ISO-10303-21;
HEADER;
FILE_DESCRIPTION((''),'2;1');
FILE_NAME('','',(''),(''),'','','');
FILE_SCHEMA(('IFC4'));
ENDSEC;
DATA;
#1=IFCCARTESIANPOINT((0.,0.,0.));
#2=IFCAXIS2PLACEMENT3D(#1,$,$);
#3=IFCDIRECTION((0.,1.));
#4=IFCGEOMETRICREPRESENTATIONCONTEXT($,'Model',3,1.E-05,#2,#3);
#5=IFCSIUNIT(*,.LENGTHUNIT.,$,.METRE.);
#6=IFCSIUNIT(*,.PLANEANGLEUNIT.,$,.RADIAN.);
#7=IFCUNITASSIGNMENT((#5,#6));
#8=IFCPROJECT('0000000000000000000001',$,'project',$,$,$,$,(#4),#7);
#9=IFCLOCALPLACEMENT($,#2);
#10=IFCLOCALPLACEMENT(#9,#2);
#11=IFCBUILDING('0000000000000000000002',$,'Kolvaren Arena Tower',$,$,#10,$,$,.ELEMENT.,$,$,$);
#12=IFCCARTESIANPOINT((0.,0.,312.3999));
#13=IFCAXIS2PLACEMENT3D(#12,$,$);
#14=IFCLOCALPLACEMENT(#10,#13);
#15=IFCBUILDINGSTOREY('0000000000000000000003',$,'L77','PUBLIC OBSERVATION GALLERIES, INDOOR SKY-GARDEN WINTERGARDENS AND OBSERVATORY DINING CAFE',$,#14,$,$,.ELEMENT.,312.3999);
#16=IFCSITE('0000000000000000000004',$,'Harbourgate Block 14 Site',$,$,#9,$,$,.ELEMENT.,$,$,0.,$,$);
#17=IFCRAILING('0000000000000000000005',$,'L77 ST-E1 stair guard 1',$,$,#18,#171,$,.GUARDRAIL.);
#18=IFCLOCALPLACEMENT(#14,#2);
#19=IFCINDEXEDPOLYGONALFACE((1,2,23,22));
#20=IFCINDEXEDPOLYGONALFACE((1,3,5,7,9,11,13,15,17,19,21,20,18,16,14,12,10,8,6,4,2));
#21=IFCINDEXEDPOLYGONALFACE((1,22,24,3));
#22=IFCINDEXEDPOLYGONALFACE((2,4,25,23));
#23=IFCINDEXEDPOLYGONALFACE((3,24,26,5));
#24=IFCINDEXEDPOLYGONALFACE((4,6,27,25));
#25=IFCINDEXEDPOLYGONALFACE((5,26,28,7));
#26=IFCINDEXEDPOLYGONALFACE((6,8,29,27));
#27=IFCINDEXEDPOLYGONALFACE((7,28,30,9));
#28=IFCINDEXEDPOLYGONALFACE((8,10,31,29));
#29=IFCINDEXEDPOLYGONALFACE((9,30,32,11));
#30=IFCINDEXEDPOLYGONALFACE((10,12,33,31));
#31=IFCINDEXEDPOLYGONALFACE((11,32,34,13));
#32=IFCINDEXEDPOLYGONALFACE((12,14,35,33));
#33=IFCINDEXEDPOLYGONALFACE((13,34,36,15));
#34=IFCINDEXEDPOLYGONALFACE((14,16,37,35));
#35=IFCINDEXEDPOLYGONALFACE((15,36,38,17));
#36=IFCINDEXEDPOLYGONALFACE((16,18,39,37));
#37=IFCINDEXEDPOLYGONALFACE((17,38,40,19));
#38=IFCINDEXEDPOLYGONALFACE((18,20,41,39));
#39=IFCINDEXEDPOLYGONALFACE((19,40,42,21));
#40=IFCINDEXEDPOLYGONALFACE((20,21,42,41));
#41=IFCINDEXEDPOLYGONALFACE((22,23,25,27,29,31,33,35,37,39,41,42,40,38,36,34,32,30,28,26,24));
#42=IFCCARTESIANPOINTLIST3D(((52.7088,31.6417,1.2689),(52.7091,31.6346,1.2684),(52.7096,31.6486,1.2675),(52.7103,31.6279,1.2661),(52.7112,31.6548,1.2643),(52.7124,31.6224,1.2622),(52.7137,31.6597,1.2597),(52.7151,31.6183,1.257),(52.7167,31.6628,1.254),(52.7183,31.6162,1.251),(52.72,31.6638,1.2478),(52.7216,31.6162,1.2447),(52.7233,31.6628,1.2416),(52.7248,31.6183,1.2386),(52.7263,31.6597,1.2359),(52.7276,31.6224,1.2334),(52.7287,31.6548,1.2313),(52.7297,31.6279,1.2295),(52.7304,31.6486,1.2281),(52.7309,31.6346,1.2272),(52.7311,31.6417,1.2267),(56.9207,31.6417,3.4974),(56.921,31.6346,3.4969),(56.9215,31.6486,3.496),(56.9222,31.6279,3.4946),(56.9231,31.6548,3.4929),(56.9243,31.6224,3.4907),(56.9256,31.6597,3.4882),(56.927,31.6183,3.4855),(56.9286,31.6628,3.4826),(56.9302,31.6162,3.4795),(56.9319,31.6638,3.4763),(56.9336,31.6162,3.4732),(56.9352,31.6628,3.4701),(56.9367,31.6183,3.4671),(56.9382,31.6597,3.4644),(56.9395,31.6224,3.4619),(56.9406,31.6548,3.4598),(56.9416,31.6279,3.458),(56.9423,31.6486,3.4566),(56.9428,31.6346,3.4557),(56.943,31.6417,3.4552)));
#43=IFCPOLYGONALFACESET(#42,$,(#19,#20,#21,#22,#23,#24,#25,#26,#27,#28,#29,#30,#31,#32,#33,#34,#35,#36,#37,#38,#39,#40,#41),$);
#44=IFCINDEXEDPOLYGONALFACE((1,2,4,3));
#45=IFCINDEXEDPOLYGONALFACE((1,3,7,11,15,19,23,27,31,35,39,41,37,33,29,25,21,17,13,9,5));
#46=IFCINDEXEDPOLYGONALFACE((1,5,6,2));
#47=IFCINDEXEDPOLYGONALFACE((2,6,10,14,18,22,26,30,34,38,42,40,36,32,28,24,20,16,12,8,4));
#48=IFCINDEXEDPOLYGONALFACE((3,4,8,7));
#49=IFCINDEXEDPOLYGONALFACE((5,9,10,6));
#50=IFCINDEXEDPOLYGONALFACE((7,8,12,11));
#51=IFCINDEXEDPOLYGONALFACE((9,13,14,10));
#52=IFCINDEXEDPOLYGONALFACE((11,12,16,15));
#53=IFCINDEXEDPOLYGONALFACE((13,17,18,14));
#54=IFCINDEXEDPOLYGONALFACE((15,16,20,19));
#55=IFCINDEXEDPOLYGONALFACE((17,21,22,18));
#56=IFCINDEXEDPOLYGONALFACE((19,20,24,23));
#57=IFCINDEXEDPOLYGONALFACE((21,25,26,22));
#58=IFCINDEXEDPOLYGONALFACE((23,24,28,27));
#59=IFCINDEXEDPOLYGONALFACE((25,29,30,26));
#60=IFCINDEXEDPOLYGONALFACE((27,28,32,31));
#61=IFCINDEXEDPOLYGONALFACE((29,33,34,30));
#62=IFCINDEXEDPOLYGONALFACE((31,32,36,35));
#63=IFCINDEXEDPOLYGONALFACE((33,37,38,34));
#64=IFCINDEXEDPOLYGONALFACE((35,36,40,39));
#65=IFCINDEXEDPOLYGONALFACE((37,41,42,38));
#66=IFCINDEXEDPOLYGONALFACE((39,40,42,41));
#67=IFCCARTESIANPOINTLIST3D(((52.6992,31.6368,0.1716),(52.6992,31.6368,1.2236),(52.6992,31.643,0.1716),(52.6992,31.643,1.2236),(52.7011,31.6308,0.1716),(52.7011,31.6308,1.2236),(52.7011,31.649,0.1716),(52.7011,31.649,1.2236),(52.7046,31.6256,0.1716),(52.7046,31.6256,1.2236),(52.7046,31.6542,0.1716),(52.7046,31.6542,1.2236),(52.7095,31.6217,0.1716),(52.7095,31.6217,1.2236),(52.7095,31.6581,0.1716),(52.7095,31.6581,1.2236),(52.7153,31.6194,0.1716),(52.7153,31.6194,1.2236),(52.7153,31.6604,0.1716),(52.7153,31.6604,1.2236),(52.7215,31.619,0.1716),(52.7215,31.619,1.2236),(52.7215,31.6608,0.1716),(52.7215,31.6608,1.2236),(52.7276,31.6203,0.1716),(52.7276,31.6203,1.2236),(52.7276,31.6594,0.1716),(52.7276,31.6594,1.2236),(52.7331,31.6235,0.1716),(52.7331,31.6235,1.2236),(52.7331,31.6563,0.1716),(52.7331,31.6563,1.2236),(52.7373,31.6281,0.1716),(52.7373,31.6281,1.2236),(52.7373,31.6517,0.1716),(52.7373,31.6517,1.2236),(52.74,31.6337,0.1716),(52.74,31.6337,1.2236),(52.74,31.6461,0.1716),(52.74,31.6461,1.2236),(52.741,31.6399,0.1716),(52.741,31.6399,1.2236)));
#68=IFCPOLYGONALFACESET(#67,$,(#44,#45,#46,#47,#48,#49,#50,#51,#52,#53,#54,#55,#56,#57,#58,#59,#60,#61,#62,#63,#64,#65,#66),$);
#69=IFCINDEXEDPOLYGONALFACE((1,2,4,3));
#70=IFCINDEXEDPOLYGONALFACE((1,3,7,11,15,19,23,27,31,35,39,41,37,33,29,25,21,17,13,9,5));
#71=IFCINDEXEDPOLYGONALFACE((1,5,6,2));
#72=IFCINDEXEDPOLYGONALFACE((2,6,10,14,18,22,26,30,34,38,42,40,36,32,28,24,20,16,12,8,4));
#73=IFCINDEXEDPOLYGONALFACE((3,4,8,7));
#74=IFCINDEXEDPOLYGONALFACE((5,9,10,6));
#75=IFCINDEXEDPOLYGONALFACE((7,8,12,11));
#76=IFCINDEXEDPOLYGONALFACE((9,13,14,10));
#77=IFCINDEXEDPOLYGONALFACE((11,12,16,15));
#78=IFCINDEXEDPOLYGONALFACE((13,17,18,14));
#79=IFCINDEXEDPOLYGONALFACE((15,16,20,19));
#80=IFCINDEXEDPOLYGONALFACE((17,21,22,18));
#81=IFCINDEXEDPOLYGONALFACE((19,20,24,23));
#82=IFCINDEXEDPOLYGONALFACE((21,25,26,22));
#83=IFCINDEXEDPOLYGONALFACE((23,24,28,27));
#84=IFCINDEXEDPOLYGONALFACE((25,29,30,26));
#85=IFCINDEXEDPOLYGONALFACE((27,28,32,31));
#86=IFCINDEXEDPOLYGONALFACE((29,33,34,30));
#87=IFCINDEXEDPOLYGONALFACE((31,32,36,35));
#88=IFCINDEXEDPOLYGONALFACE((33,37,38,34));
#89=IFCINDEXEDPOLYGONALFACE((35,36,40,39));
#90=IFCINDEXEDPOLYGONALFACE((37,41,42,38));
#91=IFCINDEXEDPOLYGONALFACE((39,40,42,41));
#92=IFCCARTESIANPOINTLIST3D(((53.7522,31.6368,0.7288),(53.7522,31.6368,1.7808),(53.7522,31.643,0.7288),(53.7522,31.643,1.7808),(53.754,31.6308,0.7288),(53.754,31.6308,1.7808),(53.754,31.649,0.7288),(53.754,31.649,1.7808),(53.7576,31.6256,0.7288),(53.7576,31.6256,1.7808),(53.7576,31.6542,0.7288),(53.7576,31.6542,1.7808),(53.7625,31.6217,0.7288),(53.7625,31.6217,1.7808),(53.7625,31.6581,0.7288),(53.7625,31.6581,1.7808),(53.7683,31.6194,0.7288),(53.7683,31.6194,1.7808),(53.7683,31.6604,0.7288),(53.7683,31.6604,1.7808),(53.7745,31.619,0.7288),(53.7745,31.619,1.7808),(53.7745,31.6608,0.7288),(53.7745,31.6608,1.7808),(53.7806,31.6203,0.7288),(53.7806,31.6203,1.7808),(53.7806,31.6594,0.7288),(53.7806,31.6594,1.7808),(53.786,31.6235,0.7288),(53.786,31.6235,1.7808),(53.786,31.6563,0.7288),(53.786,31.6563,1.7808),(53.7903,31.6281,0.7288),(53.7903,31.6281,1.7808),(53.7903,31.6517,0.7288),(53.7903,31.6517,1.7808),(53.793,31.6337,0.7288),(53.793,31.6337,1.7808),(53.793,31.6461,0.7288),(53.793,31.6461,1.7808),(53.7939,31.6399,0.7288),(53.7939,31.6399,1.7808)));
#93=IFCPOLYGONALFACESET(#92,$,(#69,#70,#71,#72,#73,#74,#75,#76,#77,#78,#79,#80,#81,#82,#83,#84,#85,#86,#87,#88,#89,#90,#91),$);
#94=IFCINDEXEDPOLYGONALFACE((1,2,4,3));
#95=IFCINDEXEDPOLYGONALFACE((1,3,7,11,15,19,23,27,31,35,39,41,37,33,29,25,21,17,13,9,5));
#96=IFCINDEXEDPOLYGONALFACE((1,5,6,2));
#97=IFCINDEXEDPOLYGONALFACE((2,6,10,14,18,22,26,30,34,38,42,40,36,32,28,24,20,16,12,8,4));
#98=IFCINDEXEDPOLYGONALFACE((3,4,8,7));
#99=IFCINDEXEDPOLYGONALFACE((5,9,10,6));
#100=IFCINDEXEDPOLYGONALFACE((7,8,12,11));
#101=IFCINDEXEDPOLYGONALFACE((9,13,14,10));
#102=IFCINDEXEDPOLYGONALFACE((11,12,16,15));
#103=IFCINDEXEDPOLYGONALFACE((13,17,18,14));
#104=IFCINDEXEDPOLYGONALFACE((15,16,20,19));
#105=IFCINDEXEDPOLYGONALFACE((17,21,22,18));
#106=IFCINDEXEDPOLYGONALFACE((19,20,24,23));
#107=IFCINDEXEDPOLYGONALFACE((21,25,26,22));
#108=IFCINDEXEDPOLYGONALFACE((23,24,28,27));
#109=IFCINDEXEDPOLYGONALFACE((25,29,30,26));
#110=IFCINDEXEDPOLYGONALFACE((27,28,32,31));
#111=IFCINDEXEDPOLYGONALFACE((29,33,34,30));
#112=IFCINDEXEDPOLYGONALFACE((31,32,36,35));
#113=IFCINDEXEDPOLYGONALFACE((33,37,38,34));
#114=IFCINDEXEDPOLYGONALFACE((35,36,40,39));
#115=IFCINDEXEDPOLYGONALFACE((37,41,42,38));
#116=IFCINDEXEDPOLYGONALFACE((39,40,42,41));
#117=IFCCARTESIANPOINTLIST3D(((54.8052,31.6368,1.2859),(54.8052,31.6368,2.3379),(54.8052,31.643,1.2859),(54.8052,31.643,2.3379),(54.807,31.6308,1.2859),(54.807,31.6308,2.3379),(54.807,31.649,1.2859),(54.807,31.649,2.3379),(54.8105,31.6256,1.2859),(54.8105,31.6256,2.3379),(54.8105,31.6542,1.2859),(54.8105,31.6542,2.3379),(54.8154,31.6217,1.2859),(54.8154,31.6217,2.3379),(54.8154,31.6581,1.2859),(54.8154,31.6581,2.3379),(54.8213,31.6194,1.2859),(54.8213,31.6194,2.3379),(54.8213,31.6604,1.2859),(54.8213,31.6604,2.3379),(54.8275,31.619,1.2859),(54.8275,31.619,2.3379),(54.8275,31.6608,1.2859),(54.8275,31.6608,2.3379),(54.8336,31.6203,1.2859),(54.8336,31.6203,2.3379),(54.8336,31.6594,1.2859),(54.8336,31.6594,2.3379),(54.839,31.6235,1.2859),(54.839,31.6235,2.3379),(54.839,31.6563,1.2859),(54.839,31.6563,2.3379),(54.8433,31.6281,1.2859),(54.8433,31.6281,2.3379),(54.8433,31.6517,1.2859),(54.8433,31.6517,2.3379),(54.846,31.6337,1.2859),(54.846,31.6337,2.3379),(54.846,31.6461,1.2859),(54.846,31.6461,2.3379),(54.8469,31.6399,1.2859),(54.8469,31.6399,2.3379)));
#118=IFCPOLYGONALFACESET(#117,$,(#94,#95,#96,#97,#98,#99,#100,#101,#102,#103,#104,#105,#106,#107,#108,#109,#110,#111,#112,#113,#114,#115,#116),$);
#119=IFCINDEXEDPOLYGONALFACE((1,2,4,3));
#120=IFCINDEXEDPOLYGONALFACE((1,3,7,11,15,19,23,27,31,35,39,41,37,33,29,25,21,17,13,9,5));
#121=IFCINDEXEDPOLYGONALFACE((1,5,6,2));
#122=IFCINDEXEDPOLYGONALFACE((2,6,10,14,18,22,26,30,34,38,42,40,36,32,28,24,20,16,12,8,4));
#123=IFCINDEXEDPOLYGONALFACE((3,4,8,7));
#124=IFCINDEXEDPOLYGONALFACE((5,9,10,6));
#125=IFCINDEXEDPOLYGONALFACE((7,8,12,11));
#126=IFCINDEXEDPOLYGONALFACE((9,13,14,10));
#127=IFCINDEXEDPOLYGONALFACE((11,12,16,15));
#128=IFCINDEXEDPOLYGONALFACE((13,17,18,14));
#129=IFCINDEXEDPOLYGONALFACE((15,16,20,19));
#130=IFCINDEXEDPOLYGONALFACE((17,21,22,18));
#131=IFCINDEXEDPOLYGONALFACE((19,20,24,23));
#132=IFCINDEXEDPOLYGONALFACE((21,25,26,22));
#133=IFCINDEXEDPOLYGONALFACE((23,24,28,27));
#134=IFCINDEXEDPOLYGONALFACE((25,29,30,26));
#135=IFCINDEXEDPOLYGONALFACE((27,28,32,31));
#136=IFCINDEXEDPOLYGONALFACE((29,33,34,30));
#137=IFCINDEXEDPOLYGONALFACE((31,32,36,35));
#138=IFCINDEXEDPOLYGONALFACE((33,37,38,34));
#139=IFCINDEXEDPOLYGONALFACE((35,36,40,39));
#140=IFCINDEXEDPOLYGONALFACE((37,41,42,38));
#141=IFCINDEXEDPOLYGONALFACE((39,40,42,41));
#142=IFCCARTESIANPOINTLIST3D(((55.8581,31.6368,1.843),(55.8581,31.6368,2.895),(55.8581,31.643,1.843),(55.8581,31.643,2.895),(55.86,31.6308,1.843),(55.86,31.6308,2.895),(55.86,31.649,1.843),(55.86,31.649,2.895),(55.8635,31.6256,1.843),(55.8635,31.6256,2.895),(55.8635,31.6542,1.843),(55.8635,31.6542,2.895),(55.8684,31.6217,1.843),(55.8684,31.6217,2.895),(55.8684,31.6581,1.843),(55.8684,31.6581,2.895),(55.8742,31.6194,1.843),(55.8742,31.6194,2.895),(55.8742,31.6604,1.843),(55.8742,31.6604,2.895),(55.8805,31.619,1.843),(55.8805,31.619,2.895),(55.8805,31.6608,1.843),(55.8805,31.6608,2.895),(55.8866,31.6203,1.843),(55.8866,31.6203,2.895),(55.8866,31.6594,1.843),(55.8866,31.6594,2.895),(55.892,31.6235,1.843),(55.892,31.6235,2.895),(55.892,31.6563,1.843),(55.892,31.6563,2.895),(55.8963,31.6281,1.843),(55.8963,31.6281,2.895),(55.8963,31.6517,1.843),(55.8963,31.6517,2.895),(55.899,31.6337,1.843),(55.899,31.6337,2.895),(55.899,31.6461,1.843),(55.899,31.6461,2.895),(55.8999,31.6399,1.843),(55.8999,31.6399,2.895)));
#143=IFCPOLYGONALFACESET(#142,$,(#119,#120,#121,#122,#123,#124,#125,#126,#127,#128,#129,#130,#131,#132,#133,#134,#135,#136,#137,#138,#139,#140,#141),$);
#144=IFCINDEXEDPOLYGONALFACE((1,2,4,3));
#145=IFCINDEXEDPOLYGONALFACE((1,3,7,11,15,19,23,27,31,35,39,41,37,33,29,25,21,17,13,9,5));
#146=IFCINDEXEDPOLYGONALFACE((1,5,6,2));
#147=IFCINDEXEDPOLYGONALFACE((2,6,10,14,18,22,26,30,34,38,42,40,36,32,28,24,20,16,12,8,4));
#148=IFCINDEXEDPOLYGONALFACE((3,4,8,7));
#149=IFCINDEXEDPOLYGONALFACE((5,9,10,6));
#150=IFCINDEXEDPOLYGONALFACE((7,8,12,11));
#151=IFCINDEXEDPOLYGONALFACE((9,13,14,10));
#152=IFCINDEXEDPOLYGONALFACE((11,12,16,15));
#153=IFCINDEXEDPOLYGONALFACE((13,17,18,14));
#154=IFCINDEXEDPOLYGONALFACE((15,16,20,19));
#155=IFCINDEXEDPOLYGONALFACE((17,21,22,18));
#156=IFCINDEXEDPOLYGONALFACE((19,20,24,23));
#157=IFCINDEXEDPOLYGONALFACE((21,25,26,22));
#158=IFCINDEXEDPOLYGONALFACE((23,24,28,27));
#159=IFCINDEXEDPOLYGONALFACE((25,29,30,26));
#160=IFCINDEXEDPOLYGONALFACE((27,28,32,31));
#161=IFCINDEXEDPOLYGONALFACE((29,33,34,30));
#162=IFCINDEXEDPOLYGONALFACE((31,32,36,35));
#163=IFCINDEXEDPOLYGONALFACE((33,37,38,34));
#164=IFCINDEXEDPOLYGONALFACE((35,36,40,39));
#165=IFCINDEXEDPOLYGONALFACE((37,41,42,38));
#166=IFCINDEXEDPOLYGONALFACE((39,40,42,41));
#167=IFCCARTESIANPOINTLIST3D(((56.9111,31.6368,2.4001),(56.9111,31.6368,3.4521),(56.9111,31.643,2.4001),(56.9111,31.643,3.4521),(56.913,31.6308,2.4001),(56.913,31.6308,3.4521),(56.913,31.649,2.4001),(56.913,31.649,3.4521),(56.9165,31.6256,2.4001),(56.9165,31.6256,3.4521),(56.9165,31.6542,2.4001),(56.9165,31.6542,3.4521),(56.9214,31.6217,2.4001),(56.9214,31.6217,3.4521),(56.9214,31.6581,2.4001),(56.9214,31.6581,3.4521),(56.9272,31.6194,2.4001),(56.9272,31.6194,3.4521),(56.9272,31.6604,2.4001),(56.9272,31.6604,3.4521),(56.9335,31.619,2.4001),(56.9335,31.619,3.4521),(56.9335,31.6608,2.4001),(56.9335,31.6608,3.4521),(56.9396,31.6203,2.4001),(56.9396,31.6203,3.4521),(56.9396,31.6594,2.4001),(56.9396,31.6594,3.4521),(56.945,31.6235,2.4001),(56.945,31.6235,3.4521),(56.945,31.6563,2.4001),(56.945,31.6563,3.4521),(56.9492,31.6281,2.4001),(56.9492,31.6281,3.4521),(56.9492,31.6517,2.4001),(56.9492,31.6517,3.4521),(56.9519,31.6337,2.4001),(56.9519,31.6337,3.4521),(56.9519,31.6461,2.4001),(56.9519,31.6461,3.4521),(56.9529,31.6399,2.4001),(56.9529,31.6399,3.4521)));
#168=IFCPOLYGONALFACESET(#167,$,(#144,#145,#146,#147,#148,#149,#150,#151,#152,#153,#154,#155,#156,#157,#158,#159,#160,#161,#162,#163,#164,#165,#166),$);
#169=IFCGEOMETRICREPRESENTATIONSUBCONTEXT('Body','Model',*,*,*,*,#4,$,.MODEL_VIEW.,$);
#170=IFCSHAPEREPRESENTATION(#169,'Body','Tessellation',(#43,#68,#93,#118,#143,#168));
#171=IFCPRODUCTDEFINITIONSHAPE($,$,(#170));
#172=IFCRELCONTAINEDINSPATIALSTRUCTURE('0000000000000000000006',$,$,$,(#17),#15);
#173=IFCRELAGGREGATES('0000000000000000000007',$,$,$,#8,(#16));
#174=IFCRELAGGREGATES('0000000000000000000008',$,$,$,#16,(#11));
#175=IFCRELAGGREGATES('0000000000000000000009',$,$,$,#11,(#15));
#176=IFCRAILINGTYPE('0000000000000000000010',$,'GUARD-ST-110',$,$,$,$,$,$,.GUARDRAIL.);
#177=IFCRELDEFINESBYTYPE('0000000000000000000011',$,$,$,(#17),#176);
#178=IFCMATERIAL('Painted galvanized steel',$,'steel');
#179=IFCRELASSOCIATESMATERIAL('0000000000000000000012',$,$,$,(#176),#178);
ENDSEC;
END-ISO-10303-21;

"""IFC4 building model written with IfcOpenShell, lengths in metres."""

from ifc_helpers import new_model, si_unit, direction, frame, origin, origin_2d, place, context, subcontext, project, spatial, circle, extrude, material, type_object, element, save


model = new_model("IFC4")

# Units and contexts
model_context = context("Model", 3, precision=1e-05, world=origin(), true_north=direction((0.0, 1.0)))
body_context = subcontext(model_context, "Body", "Model", "MODEL_VIEW")
ifc_project = project(units=[si_unit("LENGTHUNIT", "METRE"), si_unit("PLANEANGLEUNIT", "RADIAN")], contexts=[model_context])

# Site, building, storey
site_placement = place(None, origin())
site = spatial("IfcSite", under=ifc_project, at=site_placement, Name="Harbourgate Block 14 Site", CompositionType="ELEMENT", RefElevation=0.0)
building_placement = place(site_placement, origin())
building = spatial("IfcBuilding", under=site, at=building_placement, Name="Kolvaren Arena Tower", CompositionType="ELEMENT")
storey_placement = place(building_placement, frame((0.0, 0.0, 312.3999)))
storey = spatial("IfcBuildingStorey", under=building, at=storey_placement, Name="L77", Description="PUBLIC OBSERVATION GALLERIES, INDOOR SKY-GARDEN WINTERGARDENS AND OBSERVATORY DINING CAFE", CompositionType="ELEMENT", Elevation=312.3999)

# Railing
ifc_material_1 = material(Name="Painted galvanized steel", Category="steel")
railing_type_1 = type_object("IfcRailingType", Name="GUARD-ST-110", PredefinedType="GUARDRAIL", material=ifc_material_1)
railing_1_placement = place(storey_placement, frame((52.72, 31.6399, 0.1716)))
element("IfcRailing", 1, at=railing_1_placement, inside=storey, type_object=railing_type_1, Name="L77 ST-E1 stair guard 1", PredefinedType="GUARDRAIL", context=body_context, shape_type="SweptSolid", body=[
    extrude(circle(Radius=0.0239, at=origin_2d()), frame((0.0, 0.0, 1.0762), z_axis=(0.883903, 0.0, 0.467671), x_axis=(0.0, 1.0, 0.0)), (0.0, 0.0, 1.0), 4.7651),
    extrude(circle(Radius=0.021, at=origin_2d()), origin(), (0.0, 0.0, 1.0), 1.052),
    extrude(circle(Radius=0.021, at=origin_2d()), frame((1.053, 0.0, 0.5571)), (0.0, 0.0, 1.0), 1.052),
    extrude(circle(Radius=0.021, at=origin_2d()), frame((2.106, 0.0, 1.1143)), (0.0, 0.0, 1.0), 1.052),
    extrude(circle(Radius=0.021, at=origin_2d()), frame((3.1589, 0.0, 1.6714)), (0.0, 0.0, 1.0), 1.052),
    extrude(circle(Radius=0.021, at=origin_2d()), frame((4.2119, 0.0, 2.2285)), (0.0, 0.0, 1.0), 1.052),
])

save(model, "model.ifc")
